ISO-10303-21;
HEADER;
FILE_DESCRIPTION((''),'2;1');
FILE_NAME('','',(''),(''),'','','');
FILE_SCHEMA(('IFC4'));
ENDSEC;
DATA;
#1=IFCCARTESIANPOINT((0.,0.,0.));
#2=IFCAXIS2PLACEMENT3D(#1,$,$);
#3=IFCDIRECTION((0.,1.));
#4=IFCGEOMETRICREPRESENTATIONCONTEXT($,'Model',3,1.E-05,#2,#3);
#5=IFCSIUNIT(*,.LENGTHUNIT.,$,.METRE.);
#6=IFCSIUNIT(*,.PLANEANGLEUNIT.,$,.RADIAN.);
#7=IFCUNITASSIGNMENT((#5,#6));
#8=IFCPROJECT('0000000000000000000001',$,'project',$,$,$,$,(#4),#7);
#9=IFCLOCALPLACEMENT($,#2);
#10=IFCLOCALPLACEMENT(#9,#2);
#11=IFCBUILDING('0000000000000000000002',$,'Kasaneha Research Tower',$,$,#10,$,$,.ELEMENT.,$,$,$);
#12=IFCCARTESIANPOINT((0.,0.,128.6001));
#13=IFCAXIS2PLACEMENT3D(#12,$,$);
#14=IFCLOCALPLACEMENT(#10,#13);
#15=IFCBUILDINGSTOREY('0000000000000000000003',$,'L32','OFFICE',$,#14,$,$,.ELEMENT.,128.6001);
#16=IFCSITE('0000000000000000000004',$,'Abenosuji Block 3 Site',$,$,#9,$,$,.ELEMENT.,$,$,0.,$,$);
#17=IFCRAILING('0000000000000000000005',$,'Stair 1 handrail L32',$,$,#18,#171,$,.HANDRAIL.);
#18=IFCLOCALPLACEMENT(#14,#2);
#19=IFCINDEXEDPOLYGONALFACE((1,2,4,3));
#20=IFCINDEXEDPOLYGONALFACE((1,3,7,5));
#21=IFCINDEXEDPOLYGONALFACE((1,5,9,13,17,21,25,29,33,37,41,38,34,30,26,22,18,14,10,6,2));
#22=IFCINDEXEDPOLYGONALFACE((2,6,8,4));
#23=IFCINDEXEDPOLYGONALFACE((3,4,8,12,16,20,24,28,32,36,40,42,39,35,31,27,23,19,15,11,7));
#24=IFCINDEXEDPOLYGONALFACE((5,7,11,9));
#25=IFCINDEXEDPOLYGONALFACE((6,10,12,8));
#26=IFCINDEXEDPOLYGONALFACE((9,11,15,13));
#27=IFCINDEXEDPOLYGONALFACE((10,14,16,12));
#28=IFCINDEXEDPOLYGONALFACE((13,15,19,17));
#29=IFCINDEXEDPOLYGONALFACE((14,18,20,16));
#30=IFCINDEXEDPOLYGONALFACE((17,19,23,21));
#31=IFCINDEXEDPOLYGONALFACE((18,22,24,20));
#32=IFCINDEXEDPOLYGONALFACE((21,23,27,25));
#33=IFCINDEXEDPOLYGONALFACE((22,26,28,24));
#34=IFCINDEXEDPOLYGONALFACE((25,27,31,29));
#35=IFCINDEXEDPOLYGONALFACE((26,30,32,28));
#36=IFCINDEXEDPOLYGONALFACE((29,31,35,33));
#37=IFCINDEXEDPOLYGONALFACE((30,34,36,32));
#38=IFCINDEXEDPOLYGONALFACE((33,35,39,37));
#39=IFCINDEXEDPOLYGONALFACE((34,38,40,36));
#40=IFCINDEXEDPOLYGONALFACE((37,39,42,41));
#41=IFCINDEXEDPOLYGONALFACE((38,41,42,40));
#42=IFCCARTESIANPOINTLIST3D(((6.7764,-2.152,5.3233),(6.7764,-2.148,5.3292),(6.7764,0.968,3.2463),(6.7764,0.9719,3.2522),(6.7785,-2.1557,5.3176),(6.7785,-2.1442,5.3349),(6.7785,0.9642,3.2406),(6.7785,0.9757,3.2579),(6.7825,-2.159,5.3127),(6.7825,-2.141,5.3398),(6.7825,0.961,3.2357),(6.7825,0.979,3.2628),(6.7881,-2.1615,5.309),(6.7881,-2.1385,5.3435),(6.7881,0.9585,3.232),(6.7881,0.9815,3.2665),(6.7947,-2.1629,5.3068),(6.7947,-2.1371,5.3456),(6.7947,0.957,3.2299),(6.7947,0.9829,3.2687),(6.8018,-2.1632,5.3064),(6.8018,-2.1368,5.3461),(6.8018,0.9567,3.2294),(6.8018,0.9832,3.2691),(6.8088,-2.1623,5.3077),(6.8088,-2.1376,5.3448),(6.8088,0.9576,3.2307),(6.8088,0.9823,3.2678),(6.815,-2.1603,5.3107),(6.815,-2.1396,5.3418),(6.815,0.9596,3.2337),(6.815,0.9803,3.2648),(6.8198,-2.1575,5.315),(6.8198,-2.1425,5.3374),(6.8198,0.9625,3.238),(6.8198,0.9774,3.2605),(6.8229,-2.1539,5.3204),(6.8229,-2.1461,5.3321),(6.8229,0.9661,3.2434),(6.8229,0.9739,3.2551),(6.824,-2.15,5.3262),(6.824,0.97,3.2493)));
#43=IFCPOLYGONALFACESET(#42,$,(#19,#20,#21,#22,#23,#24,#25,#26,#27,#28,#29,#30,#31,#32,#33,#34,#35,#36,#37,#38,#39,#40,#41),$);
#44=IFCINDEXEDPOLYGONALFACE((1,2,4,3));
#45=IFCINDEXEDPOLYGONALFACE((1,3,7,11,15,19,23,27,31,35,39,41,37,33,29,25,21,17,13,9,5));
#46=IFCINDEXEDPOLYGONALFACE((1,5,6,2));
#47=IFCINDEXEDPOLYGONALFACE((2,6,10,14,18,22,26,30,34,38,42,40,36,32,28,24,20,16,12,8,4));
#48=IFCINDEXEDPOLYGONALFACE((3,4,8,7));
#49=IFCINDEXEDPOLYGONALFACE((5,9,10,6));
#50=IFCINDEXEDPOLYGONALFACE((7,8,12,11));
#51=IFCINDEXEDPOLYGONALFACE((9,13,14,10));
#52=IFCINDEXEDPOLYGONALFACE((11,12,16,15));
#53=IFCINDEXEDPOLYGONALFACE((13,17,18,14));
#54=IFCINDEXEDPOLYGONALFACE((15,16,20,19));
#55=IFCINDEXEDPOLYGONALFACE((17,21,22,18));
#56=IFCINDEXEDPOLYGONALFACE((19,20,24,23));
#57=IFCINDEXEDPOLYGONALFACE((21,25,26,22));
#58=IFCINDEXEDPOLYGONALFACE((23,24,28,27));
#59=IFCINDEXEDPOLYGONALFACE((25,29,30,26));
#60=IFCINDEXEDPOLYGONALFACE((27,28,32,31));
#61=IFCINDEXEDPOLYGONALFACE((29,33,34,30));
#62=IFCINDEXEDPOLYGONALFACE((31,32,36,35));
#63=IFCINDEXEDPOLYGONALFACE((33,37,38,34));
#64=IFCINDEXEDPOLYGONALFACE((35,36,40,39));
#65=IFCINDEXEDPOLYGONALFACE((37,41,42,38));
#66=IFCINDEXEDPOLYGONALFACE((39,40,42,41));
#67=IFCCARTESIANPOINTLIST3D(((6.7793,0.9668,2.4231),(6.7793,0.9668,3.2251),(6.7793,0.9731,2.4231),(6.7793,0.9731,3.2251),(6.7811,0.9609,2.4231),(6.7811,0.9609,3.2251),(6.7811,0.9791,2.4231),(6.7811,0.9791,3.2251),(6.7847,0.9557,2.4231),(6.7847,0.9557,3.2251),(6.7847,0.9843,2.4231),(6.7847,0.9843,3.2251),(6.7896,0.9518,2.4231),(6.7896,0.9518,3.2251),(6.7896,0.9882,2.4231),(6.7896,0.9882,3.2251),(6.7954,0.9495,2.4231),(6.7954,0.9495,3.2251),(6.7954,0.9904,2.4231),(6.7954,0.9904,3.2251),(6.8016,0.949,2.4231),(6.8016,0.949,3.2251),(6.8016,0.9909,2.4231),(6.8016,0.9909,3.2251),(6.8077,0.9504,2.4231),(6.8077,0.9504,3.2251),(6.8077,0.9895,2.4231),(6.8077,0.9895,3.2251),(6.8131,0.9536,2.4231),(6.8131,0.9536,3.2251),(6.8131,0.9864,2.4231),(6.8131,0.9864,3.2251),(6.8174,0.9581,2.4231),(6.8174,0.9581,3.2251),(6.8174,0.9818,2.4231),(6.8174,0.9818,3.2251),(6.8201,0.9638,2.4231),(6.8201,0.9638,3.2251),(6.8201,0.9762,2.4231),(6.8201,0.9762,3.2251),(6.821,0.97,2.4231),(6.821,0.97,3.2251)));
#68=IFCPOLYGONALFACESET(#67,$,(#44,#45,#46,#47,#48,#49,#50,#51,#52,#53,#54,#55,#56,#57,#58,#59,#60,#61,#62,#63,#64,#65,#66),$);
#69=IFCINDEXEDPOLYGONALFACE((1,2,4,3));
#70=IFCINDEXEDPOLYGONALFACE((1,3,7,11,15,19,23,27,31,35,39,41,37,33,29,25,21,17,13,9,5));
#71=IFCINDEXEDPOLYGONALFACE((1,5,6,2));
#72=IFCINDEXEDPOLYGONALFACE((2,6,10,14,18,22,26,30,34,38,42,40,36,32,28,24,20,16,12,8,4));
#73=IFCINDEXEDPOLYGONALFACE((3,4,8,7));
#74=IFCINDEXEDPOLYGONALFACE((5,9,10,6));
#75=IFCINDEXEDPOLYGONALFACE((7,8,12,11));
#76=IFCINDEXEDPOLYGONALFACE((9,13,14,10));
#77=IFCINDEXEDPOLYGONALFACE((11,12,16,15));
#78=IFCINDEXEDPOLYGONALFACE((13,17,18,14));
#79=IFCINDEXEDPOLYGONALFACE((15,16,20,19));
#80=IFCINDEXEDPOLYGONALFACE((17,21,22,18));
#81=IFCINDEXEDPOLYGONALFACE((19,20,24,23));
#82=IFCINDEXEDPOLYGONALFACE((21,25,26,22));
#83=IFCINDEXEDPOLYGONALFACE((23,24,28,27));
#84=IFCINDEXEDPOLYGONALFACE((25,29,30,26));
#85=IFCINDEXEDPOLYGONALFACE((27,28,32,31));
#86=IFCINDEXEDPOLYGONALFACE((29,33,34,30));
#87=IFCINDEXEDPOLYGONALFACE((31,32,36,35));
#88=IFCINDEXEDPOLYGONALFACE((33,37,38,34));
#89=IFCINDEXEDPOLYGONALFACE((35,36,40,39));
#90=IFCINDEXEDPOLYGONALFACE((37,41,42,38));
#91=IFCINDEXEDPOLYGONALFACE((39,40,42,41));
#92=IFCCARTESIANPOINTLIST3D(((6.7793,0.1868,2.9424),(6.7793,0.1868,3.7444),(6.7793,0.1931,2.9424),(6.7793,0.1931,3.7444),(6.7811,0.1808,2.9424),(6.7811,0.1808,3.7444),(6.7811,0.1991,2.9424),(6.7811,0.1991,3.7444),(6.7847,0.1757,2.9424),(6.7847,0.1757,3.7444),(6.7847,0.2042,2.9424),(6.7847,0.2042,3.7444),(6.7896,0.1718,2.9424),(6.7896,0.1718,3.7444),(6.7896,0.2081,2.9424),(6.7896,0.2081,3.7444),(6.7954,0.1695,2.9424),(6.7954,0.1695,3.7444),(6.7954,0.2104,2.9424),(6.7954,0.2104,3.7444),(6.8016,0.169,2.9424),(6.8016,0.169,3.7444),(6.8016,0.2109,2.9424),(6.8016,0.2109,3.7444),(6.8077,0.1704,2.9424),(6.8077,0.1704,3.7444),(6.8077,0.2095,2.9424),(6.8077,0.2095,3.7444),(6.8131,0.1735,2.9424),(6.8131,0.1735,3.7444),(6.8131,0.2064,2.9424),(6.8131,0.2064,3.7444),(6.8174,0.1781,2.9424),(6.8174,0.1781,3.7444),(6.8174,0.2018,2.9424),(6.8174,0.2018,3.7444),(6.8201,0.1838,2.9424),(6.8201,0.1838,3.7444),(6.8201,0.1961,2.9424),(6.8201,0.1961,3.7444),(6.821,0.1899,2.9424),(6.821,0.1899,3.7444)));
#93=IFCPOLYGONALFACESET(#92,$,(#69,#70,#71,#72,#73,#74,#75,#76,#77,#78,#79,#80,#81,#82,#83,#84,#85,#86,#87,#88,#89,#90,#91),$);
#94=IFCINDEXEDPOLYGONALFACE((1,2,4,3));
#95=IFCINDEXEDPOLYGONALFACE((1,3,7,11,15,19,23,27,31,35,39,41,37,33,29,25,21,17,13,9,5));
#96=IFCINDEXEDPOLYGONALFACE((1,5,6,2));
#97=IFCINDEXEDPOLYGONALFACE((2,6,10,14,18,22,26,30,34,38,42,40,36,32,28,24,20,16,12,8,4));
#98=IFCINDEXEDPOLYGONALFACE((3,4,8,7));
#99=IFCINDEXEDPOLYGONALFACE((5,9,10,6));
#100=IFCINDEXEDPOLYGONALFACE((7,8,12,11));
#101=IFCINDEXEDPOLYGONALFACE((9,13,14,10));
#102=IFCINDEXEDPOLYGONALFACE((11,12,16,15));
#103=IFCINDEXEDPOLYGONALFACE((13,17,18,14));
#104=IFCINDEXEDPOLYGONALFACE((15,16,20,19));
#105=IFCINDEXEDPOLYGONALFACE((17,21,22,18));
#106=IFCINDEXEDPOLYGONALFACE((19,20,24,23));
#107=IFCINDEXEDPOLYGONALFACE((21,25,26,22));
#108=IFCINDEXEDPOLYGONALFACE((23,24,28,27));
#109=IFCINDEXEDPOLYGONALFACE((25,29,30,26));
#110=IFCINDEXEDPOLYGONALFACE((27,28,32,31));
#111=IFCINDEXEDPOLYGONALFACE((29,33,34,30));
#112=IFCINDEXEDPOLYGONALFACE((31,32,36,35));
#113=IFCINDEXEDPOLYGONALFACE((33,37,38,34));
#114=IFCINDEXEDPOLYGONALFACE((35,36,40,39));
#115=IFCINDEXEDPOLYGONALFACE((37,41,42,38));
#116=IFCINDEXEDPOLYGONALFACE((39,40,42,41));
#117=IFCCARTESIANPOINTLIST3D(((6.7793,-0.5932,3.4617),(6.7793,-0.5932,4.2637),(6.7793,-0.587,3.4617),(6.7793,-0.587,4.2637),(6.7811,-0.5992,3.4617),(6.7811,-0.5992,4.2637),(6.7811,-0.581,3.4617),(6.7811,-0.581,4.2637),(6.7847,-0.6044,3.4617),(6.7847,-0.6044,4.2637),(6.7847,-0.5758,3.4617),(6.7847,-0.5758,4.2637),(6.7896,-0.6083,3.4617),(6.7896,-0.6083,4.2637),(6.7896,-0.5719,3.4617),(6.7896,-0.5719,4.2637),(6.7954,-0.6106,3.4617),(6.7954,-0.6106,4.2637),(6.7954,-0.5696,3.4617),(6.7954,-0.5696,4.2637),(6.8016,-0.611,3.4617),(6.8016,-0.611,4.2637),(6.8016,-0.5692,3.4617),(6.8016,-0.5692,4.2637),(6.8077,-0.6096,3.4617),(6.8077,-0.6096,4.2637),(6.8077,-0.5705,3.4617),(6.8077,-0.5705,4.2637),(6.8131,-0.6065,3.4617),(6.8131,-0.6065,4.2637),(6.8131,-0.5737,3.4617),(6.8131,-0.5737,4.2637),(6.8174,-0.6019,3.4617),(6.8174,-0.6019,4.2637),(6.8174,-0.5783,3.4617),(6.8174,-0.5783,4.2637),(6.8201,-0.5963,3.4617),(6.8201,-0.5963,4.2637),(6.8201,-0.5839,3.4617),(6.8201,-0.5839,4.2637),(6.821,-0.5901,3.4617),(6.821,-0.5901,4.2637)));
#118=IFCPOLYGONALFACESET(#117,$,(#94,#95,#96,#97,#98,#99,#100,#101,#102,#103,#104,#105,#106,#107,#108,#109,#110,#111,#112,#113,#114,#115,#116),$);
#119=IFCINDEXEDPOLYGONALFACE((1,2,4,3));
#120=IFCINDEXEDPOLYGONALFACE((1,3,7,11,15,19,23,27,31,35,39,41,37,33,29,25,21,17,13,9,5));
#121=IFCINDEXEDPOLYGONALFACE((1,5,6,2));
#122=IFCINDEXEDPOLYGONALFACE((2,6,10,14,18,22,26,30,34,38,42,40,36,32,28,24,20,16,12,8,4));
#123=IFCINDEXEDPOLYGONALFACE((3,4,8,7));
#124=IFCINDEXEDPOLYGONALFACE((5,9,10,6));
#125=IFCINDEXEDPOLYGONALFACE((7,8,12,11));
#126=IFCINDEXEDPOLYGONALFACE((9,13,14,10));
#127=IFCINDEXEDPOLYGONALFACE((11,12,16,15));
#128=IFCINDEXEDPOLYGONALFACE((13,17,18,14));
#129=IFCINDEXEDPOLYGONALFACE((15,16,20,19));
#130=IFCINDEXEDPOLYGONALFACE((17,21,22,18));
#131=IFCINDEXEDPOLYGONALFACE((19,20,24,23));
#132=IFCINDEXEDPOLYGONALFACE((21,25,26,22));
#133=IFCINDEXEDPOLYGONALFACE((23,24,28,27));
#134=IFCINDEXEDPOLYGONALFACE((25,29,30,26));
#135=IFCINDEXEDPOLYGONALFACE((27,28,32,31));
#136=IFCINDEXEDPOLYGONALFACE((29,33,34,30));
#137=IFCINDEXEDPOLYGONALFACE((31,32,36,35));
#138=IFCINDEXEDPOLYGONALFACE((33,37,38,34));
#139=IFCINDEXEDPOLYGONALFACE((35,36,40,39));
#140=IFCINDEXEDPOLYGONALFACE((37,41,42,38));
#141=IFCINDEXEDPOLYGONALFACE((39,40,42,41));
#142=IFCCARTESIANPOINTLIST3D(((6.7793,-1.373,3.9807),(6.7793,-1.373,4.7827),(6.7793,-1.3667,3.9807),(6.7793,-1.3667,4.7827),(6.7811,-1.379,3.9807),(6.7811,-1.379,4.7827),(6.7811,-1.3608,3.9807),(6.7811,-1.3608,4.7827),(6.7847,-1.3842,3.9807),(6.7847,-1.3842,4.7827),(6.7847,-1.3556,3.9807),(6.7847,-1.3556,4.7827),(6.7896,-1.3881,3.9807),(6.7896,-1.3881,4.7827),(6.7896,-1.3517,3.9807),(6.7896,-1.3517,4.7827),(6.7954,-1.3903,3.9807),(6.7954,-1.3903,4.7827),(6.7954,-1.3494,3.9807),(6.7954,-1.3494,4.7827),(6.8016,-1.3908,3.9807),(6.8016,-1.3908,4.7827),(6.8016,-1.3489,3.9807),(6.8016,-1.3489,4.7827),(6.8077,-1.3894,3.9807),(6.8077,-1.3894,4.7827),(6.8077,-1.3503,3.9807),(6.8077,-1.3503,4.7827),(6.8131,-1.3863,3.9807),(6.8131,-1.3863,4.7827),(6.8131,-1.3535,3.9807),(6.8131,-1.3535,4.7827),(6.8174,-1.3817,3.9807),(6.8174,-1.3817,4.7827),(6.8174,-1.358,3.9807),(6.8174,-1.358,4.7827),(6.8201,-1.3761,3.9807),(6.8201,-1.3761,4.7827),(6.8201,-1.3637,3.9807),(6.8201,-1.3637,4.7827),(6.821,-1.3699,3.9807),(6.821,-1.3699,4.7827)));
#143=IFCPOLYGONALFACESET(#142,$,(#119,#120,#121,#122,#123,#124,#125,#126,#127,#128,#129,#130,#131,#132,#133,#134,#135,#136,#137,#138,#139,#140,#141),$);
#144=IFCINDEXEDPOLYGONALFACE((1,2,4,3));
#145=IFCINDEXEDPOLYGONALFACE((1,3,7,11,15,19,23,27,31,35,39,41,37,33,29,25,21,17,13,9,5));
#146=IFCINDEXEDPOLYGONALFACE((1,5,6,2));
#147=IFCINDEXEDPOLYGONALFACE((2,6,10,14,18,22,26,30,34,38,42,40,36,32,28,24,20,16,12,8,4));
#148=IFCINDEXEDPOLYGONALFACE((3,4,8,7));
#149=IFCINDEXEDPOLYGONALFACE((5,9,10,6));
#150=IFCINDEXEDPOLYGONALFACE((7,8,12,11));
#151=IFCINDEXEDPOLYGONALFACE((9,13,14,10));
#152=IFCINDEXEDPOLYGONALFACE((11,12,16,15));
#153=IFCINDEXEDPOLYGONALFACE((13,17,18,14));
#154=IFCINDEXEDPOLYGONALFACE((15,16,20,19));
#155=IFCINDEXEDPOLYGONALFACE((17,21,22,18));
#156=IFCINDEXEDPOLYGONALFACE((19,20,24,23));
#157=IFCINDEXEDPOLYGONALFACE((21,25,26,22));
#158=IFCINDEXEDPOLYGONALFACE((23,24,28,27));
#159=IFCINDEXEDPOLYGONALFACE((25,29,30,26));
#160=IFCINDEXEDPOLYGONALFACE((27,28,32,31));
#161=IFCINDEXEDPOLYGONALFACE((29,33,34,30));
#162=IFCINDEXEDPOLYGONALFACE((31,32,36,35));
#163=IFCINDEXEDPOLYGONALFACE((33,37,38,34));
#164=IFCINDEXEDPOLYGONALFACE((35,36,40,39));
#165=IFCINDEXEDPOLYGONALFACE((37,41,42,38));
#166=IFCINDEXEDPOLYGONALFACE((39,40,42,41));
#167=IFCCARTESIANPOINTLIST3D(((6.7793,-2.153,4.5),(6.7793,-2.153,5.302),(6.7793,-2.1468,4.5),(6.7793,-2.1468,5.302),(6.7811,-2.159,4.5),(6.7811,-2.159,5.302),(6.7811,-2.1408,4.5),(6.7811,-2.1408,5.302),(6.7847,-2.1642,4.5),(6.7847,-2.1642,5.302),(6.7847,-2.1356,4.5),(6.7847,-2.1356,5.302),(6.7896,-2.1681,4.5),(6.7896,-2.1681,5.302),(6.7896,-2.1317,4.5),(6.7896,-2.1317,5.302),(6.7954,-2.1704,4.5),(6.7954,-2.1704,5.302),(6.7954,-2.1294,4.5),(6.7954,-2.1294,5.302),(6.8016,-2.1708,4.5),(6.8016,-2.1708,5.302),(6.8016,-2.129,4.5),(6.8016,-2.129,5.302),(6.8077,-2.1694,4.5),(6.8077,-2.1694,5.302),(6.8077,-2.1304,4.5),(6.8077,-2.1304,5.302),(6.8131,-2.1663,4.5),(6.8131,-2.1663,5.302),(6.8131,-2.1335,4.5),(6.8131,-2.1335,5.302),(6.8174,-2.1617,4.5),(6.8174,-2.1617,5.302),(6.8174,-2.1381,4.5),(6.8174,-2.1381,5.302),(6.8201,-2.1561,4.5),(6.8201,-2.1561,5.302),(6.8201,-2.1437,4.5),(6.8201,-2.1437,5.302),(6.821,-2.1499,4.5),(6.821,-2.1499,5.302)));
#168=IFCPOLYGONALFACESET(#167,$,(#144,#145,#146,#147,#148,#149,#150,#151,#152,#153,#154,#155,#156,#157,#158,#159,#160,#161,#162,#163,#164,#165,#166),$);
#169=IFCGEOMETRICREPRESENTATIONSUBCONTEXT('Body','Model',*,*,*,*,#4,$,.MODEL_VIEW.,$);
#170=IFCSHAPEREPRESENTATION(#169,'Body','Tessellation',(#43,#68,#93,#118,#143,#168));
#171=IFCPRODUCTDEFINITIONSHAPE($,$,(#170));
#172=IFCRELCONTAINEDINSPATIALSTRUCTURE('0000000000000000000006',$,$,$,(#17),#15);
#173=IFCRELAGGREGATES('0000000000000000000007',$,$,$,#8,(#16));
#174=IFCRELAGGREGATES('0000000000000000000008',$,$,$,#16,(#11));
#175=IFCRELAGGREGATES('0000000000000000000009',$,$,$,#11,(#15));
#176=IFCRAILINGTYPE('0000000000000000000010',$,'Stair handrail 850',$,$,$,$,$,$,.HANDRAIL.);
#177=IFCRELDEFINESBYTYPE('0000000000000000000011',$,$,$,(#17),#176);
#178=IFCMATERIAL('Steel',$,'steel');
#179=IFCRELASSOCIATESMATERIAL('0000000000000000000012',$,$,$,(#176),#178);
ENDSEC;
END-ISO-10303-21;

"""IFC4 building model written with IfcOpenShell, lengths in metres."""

from ifc_helpers import new_model, si_unit, direction, frame, origin, origin_2d, place, context, subcontext, project, spatial, circle, extrude, material, type_object, element, save


model = new_model("IFC4")

# Units and contexts
model_context = context("Model", 3, precision=1e-05, world=origin(), true_north=direction((0.0, 1.0)))
body_context = subcontext(model_context, "Body", "Model", "MODEL_VIEW")
ifc_project = project(units=[si_unit("LENGTHUNIT", "METRE"), si_unit("PLANEANGLEUNIT", "RADIAN")], contexts=[model_context])

# Site, building, storey
site_placement = place(None, origin())
site = spatial("IfcSite", under=ifc_project, at=site_placement, Name="Abenosuji Block 3 Site", CompositionType="ELEMENT", RefElevation=0.0)
building_placement = place(site_placement, origin())
building = spatial("IfcBuilding", under=site, at=building_placement, Name="Kasaneha Research Tower", CompositionType="ELEMENT")
storey_placement = place(building_placement, frame((0.0, 0.0, 128.6001)))
storey = spatial("IfcBuildingStorey", under=building, at=storey_placement, Name="L32", Description="OFFICE", CompositionType="ELEMENT", Elevation=128.6001)

# Railing
ifc_material_1 = material(Name="Steel", Category="steel")
railing_type = type_object("IfcRailingType", Name="Stair handrail 850", PredefinedType="HANDRAIL", material=ifc_material_1)
railing_placement = place(storey_placement, frame((6.8, 0.97, 2.4231)))
element("IfcRailing", 1, at=railing_placement, inside=storey, type_object=railing_type, Name="Stair 1 handrail L32", PredefinedType="HANDRAIL", context=body_context, shape_type="SweptSolid", body=[
    extrude(circle(Radius=0.0239, at=origin_2d()), frame((0.0, 0.0, 0.8262), z_axis=(0.0, -0.832421, 0.554144), x_axis=(1.0, 0.0, 0.0)), (0.0, 0.0, 1.0), 3.748),
    extrude(circle(Radius=0.021, at=origin_2d()), origin(), (0.0, 0.0, 1.0), 0.802),
    extrude(circle(Radius=0.021, at=origin_2d()), frame((0.0, -0.78, 0.5193)), (0.0, 0.0, 1.0), 0.802),
    extrude(circle(Radius=0.021, at=origin_2d()), frame((0.0, -1.5601, 1.0386)), (0.0, 0.0, 1.0), 0.802),
    extrude(circle(Radius=0.021, at=origin_2d()), frame((0.0, -2.3398, 1.5576)), (0.0, 0.0, 1.0), 0.802),
    extrude(circle(Radius=0.021, at=origin_2d()), frame((0.0, -3.1199, 2.0769)), (0.0, 0.0, 1.0), 0.802),
])

save(model, "model.ifc")
